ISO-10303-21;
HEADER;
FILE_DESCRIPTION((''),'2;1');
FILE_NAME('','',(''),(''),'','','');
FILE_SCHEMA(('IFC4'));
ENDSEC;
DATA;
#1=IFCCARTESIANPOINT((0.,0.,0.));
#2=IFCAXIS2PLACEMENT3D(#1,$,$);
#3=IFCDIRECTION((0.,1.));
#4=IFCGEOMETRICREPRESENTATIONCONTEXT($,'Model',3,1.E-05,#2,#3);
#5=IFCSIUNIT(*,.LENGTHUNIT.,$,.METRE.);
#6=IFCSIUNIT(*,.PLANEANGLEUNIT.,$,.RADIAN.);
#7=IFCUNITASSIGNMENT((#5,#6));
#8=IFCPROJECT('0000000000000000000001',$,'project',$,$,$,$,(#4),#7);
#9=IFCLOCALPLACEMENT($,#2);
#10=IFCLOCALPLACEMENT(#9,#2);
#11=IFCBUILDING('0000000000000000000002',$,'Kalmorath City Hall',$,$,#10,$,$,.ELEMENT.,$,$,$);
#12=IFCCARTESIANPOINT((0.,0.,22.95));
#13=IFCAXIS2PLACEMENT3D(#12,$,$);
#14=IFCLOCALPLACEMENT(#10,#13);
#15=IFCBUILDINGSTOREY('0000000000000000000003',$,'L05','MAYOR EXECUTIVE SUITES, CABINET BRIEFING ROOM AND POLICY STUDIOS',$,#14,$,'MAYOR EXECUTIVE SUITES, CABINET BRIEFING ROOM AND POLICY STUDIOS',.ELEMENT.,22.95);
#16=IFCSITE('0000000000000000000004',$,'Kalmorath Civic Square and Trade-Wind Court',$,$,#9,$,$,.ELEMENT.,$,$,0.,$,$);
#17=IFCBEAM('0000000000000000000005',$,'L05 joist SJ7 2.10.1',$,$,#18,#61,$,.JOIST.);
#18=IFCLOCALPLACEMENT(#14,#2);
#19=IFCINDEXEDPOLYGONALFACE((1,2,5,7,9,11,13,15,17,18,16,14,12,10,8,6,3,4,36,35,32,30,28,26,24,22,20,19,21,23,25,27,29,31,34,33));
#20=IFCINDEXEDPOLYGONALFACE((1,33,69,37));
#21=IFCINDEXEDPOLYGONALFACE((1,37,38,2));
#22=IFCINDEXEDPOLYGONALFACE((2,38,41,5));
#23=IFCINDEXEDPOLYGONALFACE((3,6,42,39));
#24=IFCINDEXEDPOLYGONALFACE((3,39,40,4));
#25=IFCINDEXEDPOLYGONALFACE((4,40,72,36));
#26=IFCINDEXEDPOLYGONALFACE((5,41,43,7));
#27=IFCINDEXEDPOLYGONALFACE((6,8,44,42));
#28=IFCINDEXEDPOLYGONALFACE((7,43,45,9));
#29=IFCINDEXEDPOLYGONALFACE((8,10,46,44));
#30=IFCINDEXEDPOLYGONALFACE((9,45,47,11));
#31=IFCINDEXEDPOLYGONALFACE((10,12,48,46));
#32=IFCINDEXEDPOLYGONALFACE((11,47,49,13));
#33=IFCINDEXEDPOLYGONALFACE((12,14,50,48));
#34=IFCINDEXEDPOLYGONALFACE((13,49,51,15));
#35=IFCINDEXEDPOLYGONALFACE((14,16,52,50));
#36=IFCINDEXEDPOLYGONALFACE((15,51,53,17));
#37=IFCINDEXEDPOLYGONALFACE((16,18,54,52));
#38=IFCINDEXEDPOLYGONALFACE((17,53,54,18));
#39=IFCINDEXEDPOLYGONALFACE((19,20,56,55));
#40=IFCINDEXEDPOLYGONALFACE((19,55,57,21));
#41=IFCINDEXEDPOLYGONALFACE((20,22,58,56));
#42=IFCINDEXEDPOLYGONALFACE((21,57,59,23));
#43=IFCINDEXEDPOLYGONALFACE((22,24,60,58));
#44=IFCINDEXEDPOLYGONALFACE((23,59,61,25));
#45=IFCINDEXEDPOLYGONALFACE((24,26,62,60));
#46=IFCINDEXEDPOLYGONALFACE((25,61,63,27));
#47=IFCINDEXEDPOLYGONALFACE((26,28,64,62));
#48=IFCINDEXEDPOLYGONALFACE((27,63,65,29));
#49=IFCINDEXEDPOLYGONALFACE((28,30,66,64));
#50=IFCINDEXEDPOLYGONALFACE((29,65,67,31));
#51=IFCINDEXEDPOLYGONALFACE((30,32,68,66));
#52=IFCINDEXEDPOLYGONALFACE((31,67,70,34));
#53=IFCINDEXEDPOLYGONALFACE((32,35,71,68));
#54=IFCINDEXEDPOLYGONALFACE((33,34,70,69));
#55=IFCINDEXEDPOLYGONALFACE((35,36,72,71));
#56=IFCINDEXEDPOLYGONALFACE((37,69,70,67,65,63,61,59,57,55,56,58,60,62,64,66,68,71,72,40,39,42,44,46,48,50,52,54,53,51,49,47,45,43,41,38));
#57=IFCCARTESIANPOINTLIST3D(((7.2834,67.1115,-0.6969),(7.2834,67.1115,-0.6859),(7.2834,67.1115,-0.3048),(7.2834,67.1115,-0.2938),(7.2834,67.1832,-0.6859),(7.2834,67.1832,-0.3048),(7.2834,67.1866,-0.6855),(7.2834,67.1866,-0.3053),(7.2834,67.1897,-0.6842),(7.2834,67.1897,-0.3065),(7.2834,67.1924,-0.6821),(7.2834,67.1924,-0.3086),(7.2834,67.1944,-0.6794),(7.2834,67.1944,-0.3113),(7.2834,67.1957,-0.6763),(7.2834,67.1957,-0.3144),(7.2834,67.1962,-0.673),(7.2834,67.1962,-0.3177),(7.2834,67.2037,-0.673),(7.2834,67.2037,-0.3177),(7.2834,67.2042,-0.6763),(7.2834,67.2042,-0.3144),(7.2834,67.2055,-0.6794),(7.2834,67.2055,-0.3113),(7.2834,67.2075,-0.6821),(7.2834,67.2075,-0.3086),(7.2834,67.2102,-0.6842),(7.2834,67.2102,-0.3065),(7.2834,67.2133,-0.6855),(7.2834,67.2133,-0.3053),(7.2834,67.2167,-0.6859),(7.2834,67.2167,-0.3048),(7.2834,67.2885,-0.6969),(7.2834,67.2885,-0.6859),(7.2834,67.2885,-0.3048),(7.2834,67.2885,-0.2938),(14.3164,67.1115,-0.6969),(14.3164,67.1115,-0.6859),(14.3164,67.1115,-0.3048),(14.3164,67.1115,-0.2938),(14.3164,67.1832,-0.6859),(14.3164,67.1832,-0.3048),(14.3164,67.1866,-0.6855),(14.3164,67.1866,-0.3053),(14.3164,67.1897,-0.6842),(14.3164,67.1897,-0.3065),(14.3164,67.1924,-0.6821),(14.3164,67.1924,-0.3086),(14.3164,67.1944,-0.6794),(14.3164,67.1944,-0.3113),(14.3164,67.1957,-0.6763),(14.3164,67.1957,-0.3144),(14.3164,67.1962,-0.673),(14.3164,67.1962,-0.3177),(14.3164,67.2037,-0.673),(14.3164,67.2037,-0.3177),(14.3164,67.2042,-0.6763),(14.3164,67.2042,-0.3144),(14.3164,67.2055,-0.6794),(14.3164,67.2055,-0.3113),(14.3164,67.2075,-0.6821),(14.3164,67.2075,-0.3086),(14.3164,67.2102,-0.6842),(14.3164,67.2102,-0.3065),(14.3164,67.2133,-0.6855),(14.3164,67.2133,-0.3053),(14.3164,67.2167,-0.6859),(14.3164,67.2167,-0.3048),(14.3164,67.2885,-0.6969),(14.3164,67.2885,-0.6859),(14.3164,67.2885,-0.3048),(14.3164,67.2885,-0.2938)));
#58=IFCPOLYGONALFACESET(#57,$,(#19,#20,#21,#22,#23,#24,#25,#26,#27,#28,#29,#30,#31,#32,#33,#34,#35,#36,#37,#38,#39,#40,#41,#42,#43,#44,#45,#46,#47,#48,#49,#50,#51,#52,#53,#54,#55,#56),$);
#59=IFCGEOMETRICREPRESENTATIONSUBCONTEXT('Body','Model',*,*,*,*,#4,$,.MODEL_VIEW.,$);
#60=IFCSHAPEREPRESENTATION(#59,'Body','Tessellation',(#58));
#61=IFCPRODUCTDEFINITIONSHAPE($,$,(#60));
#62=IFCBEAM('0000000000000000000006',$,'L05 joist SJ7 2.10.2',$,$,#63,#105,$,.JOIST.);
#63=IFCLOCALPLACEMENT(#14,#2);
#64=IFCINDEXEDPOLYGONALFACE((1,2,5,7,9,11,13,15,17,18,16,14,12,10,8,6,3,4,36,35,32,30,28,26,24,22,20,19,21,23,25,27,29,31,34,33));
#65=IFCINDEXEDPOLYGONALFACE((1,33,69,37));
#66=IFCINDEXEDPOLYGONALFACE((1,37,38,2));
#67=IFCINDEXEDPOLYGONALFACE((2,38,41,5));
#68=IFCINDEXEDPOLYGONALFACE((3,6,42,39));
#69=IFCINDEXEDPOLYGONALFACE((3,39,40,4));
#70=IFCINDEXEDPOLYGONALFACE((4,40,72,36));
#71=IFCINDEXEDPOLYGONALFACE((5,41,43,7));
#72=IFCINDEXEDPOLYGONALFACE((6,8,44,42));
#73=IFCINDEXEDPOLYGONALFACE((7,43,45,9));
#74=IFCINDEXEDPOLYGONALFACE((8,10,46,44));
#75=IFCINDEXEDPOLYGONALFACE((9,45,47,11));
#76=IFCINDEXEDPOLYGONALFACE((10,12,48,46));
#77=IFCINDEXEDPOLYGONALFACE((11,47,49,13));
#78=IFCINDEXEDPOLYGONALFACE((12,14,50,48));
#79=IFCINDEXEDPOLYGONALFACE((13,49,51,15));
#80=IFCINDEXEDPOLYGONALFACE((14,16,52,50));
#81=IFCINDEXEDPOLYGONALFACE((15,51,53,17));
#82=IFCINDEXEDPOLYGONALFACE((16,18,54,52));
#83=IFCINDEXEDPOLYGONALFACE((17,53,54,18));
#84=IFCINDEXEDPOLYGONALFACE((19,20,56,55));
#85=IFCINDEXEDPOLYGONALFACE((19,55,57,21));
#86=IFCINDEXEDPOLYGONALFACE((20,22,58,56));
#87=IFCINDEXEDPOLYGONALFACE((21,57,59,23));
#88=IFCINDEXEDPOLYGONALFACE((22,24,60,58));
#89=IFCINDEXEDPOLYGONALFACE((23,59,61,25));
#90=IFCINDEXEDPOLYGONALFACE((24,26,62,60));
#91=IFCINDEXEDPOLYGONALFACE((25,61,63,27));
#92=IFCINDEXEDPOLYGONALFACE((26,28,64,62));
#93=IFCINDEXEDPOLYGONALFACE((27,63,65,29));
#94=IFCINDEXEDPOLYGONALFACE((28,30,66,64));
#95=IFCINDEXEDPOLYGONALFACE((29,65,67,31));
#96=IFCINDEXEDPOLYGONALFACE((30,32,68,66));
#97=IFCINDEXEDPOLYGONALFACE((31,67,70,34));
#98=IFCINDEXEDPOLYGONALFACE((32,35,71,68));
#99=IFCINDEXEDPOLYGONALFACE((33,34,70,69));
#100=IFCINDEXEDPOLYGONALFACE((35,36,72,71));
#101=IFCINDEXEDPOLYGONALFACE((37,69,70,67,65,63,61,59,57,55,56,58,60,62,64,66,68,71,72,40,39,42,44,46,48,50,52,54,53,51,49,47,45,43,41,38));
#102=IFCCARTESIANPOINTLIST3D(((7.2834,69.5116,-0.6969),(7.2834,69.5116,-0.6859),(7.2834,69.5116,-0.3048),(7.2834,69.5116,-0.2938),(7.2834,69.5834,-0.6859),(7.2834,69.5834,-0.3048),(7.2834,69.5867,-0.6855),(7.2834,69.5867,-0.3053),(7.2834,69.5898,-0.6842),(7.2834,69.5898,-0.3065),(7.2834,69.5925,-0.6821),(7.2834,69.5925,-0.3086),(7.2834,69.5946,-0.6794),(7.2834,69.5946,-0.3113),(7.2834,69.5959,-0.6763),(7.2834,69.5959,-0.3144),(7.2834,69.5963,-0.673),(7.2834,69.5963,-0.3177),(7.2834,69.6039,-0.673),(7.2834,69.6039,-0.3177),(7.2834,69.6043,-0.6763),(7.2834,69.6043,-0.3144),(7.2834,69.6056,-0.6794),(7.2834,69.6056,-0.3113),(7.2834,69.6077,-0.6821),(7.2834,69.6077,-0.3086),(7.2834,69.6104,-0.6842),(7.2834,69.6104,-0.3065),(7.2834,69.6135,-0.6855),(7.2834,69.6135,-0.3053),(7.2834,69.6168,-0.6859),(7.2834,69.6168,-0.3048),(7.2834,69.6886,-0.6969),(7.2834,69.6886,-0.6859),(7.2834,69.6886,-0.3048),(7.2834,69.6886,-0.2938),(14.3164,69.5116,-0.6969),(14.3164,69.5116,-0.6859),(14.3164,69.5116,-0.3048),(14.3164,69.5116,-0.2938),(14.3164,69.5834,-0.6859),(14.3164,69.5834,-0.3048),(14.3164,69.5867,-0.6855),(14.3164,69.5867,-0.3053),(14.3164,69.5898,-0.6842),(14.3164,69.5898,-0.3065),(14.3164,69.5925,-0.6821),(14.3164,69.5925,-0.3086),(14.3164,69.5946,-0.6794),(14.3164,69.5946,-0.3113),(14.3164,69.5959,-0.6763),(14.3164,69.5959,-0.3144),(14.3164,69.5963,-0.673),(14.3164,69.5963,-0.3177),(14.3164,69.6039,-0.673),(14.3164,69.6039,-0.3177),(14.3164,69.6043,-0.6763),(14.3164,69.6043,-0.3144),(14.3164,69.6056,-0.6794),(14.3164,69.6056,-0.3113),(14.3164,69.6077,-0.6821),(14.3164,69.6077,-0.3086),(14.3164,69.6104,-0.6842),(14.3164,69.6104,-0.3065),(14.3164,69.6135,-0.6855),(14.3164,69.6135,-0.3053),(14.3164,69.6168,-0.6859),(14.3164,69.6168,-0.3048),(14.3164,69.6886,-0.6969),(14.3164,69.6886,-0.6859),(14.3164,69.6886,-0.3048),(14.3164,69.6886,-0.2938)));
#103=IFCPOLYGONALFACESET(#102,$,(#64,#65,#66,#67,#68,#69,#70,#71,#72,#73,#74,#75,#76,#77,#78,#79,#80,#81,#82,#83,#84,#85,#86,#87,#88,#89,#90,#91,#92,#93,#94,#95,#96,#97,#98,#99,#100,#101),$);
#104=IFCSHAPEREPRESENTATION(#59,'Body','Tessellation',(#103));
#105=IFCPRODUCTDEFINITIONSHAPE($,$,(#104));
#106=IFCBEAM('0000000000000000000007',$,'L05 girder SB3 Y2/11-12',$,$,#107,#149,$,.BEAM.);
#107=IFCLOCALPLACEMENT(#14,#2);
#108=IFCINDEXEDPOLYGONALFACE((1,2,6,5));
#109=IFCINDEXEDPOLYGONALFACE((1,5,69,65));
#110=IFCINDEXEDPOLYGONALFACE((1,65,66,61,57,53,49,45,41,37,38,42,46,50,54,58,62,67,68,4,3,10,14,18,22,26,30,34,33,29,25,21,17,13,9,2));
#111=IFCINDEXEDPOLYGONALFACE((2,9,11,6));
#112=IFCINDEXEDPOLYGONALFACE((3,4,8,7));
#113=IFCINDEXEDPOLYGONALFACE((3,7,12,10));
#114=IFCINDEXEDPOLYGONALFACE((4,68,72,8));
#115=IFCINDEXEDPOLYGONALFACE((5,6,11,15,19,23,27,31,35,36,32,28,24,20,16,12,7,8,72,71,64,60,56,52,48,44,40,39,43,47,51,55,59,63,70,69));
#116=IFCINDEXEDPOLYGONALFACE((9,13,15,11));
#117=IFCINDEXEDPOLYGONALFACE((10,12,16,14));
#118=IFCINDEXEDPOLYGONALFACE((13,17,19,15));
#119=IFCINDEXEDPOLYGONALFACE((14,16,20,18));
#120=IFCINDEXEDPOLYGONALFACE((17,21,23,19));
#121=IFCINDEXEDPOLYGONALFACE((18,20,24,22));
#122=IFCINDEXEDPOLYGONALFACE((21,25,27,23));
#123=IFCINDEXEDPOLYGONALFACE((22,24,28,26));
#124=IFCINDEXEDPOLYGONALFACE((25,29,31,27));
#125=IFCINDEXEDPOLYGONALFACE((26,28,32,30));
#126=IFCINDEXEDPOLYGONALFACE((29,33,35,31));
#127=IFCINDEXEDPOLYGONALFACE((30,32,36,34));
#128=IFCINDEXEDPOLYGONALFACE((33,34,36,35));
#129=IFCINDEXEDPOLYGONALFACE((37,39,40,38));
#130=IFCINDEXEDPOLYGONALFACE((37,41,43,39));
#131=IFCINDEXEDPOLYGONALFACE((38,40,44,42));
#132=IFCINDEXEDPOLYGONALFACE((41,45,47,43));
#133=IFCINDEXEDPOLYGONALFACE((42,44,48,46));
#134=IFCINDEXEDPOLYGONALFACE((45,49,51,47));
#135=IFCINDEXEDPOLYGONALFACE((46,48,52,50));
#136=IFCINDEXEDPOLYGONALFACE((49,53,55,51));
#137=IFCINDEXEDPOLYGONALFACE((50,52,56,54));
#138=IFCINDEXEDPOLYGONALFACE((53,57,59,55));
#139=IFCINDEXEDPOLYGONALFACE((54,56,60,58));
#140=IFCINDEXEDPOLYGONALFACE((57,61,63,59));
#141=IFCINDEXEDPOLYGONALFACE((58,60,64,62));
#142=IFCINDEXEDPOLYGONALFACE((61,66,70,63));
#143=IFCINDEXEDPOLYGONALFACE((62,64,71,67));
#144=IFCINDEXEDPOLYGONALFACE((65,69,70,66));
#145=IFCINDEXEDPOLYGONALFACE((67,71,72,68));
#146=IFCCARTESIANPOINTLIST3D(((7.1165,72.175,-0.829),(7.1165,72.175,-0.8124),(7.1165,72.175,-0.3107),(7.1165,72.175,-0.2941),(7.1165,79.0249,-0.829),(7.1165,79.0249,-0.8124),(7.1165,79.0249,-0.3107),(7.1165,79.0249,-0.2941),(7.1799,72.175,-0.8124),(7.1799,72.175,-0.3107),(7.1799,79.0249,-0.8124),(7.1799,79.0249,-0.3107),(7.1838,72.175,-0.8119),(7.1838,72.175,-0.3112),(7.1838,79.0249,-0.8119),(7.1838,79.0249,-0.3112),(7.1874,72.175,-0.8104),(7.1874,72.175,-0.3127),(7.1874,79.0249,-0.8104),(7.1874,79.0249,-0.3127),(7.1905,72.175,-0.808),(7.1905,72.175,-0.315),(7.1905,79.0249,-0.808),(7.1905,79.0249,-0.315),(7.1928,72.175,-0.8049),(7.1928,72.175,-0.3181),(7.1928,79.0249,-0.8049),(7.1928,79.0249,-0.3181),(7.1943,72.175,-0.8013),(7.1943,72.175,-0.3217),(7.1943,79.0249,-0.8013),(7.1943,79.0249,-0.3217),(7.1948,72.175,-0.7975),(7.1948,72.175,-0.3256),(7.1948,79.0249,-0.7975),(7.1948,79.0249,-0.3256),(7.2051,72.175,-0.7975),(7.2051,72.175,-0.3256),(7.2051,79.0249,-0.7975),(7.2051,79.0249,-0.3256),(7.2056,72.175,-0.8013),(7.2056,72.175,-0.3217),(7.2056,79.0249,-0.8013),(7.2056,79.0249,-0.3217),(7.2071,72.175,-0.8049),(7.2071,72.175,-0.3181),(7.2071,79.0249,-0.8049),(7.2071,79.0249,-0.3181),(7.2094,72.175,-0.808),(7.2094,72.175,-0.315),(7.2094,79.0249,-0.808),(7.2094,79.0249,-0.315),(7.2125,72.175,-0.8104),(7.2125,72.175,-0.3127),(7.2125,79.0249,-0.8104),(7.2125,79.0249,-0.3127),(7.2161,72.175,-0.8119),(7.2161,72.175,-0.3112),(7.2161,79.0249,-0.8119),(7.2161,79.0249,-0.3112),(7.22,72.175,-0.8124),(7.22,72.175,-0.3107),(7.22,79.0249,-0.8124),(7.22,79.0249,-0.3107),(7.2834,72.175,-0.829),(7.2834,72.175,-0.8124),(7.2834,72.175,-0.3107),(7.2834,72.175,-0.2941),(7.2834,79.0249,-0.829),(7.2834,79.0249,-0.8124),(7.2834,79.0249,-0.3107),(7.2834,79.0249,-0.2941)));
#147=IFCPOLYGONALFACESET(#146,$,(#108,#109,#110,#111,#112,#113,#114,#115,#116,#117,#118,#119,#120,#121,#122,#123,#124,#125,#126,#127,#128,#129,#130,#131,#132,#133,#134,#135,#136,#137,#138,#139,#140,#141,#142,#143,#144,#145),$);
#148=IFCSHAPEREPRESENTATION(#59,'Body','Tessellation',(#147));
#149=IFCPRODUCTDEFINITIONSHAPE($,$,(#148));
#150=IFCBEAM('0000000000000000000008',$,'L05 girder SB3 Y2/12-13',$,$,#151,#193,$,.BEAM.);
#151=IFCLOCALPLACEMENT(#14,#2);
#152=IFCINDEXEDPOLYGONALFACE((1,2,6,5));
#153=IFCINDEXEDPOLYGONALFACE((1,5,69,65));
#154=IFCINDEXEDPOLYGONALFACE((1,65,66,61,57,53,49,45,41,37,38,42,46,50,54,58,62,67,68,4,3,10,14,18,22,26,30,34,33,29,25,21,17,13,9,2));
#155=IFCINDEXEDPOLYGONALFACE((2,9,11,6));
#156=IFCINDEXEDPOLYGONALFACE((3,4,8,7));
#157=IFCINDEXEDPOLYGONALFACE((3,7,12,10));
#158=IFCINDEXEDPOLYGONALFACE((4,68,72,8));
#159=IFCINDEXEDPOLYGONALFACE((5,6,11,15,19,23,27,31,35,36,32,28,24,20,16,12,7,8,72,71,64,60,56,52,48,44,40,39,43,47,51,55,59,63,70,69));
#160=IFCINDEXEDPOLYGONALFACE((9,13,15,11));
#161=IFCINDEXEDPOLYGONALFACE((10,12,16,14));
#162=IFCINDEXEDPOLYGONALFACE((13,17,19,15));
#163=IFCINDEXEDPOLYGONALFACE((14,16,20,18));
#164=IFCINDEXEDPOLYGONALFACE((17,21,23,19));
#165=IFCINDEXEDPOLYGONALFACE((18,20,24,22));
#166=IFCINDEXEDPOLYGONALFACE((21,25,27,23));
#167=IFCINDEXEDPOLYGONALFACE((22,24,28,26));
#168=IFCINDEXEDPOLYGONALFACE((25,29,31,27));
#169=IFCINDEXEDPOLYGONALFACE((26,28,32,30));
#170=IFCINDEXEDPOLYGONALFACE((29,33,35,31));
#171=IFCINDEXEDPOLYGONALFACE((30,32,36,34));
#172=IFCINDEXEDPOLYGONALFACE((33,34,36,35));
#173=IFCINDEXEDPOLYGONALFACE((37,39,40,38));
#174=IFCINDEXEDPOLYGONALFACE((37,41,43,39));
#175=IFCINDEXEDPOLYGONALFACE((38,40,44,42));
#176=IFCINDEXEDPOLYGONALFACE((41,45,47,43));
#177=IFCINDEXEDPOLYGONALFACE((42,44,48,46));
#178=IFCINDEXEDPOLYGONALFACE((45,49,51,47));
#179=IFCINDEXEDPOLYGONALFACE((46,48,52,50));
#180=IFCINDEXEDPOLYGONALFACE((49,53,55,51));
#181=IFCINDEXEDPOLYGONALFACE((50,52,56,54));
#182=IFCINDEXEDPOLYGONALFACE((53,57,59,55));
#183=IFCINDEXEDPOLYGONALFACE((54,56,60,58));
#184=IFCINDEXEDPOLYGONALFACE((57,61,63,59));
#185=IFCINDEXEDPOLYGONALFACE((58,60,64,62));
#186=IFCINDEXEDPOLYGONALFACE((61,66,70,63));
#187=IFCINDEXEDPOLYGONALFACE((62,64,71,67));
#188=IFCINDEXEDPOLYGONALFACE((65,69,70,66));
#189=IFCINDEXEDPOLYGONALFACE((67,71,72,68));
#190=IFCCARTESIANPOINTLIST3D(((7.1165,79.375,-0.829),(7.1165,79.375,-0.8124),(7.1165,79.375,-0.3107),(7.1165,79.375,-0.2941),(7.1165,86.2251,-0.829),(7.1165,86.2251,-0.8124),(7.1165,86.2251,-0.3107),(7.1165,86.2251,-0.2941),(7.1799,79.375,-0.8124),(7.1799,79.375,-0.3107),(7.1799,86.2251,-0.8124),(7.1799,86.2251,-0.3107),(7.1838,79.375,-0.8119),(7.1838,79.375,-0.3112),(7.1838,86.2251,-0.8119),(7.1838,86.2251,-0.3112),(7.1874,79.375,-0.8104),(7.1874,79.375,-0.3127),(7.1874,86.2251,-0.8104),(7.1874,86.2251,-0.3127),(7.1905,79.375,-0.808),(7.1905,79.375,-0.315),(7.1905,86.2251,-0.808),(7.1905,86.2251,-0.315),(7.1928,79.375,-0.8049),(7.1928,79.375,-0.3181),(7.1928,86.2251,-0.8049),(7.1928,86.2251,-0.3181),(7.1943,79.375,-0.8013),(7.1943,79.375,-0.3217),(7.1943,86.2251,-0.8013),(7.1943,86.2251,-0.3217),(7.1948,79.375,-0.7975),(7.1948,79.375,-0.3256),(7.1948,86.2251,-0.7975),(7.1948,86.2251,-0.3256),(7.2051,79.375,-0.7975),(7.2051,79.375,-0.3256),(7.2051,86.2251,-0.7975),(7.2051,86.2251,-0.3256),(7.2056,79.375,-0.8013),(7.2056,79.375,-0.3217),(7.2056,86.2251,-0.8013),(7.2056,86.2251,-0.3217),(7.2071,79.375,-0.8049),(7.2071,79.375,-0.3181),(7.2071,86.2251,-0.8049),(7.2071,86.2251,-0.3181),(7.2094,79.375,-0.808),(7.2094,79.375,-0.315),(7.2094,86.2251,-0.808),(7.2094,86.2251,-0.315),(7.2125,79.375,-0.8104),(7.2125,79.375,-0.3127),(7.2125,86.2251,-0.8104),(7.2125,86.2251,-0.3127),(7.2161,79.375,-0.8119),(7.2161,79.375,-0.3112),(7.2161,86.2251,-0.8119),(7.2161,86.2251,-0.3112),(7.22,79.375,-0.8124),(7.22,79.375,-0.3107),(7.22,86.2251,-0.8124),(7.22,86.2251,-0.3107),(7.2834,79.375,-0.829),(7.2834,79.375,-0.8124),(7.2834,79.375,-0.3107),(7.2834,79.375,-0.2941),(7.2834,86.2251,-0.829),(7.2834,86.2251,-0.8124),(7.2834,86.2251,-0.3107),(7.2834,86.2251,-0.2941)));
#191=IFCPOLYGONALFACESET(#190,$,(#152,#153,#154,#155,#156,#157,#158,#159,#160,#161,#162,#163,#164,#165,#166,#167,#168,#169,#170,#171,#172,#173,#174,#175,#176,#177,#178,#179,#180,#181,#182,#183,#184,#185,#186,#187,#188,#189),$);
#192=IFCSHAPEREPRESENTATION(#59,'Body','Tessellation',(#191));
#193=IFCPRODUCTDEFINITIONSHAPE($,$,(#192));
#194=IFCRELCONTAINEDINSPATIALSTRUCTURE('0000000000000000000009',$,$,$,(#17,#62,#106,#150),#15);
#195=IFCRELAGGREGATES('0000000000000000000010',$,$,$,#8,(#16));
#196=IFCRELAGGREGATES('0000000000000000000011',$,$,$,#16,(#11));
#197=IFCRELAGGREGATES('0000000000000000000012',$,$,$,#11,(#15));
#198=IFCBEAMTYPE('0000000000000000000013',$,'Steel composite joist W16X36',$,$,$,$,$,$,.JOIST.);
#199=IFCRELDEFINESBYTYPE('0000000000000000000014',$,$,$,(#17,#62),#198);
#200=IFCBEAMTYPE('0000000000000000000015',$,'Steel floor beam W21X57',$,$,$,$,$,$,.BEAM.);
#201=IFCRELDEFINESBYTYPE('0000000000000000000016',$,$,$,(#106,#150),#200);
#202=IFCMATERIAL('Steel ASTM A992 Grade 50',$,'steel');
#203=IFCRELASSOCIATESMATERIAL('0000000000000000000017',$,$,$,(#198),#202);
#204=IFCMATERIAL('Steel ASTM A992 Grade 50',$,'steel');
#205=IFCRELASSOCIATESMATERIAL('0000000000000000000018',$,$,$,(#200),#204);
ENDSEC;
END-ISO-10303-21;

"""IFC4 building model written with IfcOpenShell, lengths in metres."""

from ifc_helpers import new_model, si_unit, direction, frame, origin, origin_2d, place, context, subcontext, project, spatial, i_section, extrude, material, material_profile, profile_set, type_object, element, save


model = new_model("IFC4")

# Units and contexts
model_context = context("Model", 3, precision=1e-05, world=origin(), true_north=direction((0.0, 1.0)))
body_context = subcontext(model_context, "Body", "Model", "MODEL_VIEW")
ifc_project = project(units=[si_unit("LENGTHUNIT", "METRE"), si_unit("PLANEANGLEUNIT", "RADIAN")], contexts=[model_context])

# Site, building, storey
site_placement = place(None, origin())
site = spatial("IfcSite", under=ifc_project, at=site_placement, Name="Kalmorath Civic Square and Trade-Wind Court", CompositionType="ELEMENT", RefElevation=0.0)
building_placement = place(site_placement, origin())
building = spatial("IfcBuilding", under=site, at=building_placement, Name="Kalmorath City Hall", CompositionType="ELEMENT")
storey_placement = place(building_placement, frame((0.0, 0.0, 22.95)))
storey = spatial("IfcBuildingStorey", under=building, at=storey_placement, Name="L05", Description="MAYOR EXECUTIVE SUITES, CABINET BRIEFING ROOM AND POLICY STUDIOS", LongName="MAYOR EXECUTIVE SUITES, CABINET BRIEFING ROOM AND POLICY STUDIOS", CompositionType="ELEMENT", Elevation=22.95)

# Beams
ifc_material_1 = material(Name="Steel ASTM A992 Grade 50", Category="steel")
ifc_material_profile_1 = material_profile(ifc_material_1, i_section(OverallWidth=0.177, OverallDepth=0.4031, WebThickness=0.0076, FlangeThickness=0.011, FilletRadius=0.0129, at=origin_2d()), Name="W16X36")
ifc_profile_set_1 = profile_set([ifc_material_profile_1], Name="Steel ASTM A992 Grade 50")
beam_type_1 = type_object("IfcBeamType", Name="Steel composite joist W16X36", PredefinedType="JOIST", material=ifc_profile_set_1)
for number, where, z_axis, x_axis, name in (
    (1, (7.2834, 67.2, -0.4954), (1.0, 0.0, 0.0), (0.0, 1.0, 0.0), "L05 joist SJ7 2.10.1"),
    (2, (7.2834, 69.6001, -0.4954), (1.0, 0.0, 0.0), (0.0, 1.0, 0.0), "L05 joist SJ7 2.10.2"),
):
    element("IfcBeam", number, at=place(storey_placement, frame(where, z_axis=z_axis, x_axis=x_axis)), inside=storey, type_object=beam_type_1, Name=name, PredefinedType="JOIST", context=body_context, shape_type="SweptSolid", body=[
        extrude(i_section(OverallWidth=0.177, OverallDepth=0.4031, WebThickness=0.0076, FlangeThickness=0.011, FilletRadius=0.0129, at=origin_2d()), origin(), (0.0, 0.0, 1.0), 7.033),
    ])
ifc_material_2 = material(Name="Steel ASTM A992 Grade 50", Category="steel")
ifc_material_profile_2 = material_profile(ifc_material_2, i_section(OverallWidth=0.167, OverallDepth=0.5349, WebThickness=0.0103, FlangeThickness=0.0166, FilletRadius=0.0149, at=origin_2d()), Name="W21X57")
ifc_profile_set_2 = profile_set([ifc_material_profile_2], Name="Steel ASTM A992 Grade 50")
beam_type_2 = type_object("IfcBeamType", Name="Steel floor beam W21X57", PredefinedType="BEAM", material=ifc_profile_set_2)
beam_1_placement = place(storey_placement, frame((7.2, 72.175, -0.5615), z_axis=(0.0, 1.0, 0.0), x_axis=(-1.0, 0.0, 0.0)))
element("IfcBeam", 3, at=beam_1_placement, inside=storey, type_object=beam_type_2, Name="L05 girder SB3 Y2/11-12", PredefinedType="BEAM", context=body_context, shape_type="SweptSolid", body=[
    extrude(i_section(OverallWidth=0.167, OverallDepth=0.5349, WebThickness=0.0103, FlangeThickness=0.0166, FilletRadius=0.0149, at=origin_2d()), origin(), (0.0, 0.0, 1.0), 6.8499),
])
beam_2_placement = place(storey_placement, frame((7.2, 79.375, -0.5615), z_axis=(0.0, 1.0, 0.0), x_axis=(-1.0, 0.0, 0.0)))
element("IfcBeam", 4, at=beam_2_placement, inside=storey, type_object=beam_type_2, Name="L05 girder SB3 Y2/12-13", PredefinedType="BEAM", context=body_context, shape_type="SweptSolid", body=[
    extrude(i_section(OverallWidth=0.167, OverallDepth=0.5349, WebThickness=0.0103, FlangeThickness=0.0166, FilletRadius=0.0149, at=origin_2d()), origin(), (0.0, 0.0, 1.0), 6.8501),
])

save(model, "model.ifc")
